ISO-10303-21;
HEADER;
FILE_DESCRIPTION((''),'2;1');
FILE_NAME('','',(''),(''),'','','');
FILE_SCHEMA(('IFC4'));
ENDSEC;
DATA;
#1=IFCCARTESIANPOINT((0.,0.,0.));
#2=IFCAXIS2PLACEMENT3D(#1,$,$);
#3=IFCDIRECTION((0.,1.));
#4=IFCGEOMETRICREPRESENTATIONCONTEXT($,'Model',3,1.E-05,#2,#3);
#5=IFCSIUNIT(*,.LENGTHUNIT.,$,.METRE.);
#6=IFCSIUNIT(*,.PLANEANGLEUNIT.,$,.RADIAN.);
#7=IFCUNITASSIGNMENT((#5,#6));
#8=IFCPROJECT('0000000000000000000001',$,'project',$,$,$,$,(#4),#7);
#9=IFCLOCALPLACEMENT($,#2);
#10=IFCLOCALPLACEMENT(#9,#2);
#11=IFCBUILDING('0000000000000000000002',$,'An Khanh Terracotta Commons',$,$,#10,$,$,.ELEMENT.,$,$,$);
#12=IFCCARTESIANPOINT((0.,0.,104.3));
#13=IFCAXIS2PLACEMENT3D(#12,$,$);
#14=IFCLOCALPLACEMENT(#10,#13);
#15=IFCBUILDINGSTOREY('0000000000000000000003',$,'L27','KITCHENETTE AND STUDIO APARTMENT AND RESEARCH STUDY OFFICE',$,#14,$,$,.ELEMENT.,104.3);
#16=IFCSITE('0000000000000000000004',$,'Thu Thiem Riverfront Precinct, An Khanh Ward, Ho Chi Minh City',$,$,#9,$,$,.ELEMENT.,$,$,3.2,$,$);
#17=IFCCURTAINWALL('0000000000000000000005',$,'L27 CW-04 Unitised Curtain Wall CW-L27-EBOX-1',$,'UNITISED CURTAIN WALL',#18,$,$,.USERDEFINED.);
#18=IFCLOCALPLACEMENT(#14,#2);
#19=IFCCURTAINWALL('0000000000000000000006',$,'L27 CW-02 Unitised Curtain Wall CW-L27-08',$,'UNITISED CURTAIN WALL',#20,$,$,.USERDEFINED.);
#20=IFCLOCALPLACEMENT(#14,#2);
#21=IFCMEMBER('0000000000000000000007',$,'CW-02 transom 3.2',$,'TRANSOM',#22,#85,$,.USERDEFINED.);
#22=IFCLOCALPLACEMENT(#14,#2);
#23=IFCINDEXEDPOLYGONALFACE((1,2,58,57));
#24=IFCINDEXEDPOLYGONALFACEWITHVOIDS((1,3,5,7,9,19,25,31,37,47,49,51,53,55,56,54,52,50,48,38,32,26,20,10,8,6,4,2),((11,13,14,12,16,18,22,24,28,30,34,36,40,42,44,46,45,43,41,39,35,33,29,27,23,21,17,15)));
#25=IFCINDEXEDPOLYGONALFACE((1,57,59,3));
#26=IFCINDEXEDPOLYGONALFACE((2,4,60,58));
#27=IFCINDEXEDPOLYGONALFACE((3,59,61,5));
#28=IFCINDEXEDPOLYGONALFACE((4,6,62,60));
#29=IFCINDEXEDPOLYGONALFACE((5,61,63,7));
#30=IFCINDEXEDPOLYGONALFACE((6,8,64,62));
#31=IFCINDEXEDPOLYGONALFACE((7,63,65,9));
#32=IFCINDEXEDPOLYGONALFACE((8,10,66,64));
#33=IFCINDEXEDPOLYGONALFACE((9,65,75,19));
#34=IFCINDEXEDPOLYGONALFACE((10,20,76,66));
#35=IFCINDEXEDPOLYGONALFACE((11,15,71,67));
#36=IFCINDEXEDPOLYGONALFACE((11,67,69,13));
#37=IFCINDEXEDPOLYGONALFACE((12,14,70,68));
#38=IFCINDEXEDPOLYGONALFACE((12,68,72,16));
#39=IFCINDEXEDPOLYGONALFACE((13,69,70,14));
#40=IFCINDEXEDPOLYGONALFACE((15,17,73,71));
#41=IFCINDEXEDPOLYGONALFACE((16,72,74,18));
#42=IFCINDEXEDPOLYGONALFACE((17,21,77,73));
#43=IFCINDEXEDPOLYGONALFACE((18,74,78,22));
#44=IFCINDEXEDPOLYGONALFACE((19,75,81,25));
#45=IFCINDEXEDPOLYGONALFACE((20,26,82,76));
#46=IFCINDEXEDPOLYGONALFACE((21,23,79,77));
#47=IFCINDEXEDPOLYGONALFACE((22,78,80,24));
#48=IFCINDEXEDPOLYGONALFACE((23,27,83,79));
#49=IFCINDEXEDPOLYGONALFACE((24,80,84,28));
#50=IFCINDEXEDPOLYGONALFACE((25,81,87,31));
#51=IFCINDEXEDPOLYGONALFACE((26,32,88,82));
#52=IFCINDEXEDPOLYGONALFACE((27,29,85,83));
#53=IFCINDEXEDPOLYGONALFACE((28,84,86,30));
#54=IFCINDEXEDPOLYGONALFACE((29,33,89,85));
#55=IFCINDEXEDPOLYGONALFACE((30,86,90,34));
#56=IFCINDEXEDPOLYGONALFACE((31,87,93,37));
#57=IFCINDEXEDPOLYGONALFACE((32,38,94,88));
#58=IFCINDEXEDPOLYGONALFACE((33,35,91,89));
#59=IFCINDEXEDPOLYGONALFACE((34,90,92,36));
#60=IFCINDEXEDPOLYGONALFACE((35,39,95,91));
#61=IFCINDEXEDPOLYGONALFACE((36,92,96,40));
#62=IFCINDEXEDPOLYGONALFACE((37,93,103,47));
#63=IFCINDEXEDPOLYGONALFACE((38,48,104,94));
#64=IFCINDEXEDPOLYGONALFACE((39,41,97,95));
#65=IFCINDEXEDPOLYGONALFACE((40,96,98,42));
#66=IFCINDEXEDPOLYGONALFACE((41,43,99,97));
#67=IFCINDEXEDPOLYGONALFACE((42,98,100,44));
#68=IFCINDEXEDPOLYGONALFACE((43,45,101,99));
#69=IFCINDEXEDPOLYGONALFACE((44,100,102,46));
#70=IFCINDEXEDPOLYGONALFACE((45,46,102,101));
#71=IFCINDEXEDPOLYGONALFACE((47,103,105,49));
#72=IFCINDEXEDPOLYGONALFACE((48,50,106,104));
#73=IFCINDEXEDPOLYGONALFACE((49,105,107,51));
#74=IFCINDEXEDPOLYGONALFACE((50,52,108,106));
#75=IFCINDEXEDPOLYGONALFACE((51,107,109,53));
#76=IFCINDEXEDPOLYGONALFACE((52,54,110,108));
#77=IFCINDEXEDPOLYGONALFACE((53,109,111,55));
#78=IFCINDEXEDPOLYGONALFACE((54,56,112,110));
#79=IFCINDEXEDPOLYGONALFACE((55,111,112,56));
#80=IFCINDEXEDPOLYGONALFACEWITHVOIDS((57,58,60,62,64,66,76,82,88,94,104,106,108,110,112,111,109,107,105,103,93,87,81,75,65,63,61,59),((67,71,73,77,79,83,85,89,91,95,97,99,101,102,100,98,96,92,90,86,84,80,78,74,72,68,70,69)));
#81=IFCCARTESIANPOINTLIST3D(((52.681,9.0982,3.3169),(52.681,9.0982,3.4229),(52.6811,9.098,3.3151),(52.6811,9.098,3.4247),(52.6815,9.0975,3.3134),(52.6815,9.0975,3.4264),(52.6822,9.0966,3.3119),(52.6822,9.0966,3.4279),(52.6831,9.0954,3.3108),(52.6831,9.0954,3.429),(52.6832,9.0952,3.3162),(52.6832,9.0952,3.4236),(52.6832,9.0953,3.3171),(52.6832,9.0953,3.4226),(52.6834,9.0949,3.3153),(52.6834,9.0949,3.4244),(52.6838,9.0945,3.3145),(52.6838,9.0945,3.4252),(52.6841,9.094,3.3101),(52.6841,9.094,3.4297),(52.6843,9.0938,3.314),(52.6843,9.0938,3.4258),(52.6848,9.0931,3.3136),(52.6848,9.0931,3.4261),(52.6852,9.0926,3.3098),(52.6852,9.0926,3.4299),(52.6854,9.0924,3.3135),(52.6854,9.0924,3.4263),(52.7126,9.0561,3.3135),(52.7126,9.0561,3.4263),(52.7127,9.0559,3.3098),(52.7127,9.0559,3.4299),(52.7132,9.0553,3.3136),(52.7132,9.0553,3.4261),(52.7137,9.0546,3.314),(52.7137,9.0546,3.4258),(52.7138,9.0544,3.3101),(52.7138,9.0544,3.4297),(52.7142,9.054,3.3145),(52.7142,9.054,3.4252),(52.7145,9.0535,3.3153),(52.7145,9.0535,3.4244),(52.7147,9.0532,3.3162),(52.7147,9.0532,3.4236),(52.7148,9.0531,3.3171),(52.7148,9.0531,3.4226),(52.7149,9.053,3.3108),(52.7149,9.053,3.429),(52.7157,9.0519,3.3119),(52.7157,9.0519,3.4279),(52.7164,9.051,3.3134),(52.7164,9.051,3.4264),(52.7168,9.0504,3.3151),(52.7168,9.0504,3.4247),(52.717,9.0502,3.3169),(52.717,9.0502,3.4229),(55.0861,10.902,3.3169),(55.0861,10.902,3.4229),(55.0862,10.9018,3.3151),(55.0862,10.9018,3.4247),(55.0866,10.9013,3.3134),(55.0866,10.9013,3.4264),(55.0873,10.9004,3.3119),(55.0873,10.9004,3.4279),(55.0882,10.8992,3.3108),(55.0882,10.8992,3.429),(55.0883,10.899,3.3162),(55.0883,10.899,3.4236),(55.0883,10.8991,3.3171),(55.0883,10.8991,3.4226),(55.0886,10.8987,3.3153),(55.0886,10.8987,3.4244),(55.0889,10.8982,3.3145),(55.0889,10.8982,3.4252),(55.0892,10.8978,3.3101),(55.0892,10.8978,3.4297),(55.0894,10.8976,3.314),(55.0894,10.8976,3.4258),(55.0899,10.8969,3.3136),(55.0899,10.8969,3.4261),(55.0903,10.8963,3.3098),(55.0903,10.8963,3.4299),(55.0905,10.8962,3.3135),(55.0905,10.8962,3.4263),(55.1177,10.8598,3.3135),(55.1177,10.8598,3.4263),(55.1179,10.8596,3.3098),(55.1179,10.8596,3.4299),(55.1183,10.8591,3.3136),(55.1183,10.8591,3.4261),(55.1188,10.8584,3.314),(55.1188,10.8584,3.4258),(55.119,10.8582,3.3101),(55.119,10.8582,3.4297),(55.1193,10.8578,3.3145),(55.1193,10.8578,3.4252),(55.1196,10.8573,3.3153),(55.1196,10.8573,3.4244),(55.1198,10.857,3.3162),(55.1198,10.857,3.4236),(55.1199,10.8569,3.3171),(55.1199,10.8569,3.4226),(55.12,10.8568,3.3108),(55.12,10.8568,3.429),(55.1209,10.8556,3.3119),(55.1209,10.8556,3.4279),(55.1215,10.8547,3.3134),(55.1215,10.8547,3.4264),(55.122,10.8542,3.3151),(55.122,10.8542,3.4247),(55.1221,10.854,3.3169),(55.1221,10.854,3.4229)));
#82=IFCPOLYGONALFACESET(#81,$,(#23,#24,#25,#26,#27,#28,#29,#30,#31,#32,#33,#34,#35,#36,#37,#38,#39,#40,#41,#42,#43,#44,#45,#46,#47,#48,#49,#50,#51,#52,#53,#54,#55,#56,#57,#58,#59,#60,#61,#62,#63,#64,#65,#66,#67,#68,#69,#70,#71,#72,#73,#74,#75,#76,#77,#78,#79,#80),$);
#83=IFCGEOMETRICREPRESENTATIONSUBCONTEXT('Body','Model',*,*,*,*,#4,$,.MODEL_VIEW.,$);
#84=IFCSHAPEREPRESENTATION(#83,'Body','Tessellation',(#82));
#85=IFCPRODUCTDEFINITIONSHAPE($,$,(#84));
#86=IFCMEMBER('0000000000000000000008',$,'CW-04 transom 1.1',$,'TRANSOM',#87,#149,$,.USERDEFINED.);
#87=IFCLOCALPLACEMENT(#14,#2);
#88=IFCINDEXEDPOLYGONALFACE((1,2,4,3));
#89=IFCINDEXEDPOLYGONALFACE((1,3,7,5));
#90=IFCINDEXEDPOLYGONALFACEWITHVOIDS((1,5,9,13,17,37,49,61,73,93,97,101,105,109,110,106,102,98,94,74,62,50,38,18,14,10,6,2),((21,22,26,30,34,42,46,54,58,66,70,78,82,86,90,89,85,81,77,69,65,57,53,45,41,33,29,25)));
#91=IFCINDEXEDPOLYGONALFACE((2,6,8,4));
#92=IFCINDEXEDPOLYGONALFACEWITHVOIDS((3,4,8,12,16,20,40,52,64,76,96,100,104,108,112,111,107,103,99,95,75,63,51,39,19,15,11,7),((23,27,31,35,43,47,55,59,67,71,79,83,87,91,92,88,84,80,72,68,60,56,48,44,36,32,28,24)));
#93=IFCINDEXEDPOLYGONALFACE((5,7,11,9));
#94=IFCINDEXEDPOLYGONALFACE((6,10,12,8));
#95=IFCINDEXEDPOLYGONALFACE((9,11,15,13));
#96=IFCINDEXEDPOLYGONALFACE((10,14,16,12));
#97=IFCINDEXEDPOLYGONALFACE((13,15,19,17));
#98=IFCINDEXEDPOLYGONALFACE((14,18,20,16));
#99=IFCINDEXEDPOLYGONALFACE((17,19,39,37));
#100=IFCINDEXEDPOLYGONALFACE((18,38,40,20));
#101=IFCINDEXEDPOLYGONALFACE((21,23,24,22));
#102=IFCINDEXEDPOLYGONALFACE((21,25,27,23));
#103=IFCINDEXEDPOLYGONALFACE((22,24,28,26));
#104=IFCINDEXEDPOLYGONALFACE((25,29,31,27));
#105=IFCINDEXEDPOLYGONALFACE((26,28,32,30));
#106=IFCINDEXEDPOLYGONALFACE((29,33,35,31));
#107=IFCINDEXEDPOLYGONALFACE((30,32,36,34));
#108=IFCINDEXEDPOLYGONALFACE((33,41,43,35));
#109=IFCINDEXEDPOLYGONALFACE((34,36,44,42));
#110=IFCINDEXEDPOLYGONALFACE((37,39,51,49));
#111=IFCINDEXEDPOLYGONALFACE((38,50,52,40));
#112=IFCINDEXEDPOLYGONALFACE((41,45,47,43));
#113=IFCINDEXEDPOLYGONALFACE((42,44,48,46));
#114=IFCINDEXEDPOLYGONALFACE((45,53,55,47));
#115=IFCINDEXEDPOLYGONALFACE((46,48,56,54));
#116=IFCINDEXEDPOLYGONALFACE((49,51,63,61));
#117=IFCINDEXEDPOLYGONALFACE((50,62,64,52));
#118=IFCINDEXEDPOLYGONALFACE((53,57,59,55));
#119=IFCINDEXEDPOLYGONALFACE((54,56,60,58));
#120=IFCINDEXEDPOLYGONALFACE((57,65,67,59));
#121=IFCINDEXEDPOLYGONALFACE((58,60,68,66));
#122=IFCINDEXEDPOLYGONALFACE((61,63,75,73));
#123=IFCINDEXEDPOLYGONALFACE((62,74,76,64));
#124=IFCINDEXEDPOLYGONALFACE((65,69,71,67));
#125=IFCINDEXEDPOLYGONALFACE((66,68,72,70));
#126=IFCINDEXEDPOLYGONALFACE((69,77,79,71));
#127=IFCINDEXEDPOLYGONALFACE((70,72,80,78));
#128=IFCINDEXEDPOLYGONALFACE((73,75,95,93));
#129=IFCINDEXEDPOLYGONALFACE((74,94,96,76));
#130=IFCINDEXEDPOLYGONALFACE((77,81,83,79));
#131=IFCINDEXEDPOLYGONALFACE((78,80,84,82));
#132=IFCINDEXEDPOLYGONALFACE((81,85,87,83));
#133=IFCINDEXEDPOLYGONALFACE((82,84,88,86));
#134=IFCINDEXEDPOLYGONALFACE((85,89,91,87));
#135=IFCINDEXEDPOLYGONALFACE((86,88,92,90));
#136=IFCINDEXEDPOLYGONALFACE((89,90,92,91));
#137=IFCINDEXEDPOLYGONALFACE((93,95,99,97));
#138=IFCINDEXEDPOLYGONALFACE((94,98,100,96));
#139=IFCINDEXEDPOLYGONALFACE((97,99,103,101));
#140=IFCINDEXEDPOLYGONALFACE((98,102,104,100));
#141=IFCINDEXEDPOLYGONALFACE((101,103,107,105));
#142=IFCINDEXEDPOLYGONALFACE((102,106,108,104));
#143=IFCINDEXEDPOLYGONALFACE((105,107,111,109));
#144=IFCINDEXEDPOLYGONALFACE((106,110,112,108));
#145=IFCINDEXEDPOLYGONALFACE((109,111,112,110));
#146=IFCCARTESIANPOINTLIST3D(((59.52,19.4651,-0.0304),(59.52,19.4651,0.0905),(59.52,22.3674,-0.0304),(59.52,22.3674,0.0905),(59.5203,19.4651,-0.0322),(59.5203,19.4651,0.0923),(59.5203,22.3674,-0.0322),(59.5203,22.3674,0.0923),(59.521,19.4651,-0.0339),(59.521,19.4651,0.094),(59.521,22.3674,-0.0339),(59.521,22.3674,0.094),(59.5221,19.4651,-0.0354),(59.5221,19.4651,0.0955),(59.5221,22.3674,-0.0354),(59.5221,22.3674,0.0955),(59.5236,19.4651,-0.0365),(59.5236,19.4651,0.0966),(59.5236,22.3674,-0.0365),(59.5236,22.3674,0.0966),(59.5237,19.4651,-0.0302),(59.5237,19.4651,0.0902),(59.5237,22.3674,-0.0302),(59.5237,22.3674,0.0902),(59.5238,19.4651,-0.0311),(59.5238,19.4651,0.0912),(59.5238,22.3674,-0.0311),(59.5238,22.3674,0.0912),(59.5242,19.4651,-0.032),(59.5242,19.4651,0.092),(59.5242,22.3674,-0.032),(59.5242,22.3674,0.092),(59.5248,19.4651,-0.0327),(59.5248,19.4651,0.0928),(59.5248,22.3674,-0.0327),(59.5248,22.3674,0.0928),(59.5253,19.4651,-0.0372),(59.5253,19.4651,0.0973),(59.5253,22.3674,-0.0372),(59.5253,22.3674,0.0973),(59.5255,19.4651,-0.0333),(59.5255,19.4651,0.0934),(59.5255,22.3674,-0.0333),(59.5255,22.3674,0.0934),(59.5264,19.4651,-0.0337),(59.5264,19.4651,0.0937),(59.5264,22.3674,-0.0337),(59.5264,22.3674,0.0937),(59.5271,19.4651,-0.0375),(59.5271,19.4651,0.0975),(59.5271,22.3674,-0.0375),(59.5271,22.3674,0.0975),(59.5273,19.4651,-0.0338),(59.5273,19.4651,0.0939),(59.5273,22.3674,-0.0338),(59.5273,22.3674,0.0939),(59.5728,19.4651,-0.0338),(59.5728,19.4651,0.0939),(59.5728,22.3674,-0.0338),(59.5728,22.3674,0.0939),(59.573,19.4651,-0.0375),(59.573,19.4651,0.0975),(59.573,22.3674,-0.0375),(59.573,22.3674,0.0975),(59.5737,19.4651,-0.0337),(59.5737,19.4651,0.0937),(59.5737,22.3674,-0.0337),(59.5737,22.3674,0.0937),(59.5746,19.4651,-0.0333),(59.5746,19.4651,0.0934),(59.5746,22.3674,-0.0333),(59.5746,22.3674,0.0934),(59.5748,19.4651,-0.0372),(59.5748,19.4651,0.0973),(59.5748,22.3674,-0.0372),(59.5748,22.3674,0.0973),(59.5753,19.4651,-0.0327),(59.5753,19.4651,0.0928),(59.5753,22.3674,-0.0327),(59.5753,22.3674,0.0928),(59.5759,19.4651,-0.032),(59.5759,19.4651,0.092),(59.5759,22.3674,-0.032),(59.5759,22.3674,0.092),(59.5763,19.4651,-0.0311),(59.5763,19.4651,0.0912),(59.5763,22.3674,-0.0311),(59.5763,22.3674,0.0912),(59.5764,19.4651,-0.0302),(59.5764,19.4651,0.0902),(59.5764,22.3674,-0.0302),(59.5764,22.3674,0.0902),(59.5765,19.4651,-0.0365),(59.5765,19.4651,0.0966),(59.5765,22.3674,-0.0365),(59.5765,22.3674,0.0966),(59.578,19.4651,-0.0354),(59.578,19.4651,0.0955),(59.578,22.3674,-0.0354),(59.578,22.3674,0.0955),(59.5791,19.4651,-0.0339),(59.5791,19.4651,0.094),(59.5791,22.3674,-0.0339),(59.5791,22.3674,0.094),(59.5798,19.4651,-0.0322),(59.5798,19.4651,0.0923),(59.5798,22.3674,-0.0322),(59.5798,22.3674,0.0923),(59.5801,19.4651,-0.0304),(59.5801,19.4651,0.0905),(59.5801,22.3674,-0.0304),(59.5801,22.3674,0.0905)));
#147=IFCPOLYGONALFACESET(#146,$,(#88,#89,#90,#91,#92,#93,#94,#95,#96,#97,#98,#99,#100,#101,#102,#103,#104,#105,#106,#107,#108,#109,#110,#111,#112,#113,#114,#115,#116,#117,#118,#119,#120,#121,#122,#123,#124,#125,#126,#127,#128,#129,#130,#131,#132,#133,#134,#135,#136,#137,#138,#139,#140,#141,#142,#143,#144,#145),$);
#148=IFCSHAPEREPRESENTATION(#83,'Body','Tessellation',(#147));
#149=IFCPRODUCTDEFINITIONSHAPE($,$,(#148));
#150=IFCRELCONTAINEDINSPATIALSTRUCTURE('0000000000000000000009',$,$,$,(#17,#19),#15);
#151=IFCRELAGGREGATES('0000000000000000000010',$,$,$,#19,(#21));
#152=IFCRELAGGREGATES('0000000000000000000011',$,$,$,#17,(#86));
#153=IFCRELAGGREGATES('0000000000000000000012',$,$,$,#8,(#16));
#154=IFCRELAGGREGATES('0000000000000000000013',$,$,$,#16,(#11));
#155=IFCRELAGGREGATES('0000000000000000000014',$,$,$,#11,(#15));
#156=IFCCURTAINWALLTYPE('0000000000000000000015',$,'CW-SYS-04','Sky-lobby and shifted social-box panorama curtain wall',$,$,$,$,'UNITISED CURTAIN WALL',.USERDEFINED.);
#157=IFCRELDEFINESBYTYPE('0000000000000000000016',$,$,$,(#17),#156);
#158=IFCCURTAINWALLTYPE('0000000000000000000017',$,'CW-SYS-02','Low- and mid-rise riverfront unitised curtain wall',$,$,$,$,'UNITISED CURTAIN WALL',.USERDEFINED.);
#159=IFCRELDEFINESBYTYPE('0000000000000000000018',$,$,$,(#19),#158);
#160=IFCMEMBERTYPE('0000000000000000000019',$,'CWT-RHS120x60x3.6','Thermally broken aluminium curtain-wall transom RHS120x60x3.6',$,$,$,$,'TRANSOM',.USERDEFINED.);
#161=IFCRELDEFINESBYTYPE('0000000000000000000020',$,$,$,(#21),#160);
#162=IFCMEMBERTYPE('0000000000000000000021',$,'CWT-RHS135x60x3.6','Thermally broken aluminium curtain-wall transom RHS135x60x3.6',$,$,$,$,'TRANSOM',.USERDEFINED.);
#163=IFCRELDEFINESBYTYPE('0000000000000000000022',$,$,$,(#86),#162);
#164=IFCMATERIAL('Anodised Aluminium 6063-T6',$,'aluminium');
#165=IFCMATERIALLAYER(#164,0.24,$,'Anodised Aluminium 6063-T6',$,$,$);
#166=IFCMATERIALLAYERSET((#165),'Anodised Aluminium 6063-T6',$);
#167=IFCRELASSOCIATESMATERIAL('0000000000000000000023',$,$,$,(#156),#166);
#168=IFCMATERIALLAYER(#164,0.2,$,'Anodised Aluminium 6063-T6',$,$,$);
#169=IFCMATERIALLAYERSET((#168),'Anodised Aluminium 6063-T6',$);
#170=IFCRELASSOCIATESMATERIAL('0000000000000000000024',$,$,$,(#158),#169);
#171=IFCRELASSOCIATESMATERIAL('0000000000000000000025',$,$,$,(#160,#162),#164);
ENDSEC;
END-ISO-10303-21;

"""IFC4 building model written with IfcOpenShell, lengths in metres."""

from ifc_helpers import new_model, si_unit, direction, frame, origin, origin_2d, place, context, subcontext, project, spatial, hollow_rectangle, extrude, material, layer, layer_set, material_profile, profile_set, type_object, element, aggregate, save


model = new_model("IFC4")

# Units and contexts
model_context = context("Model", 3, precision=1e-05, world=origin(), true_north=direction((0.0, 1.0)))
body_context = subcontext(model_context, "Body", "Model", "MODEL_VIEW")
ifc_project = project(units=[si_unit("LENGTHUNIT", "METRE"), si_unit("PLANEANGLEUNIT", "RADIAN")], contexts=[model_context])

# Site, building, storey
site_placement = place(None, origin())
site = spatial("IfcSite", under=ifc_project, at=site_placement, Name="Thu Thiem Riverfront Precinct, An Khanh Ward, Ho Chi Minh City", CompositionType="ELEMENT", RefElevation=3.2)
building_placement = place(site_placement, origin())
building = spatial("IfcBuilding", under=site, at=building_placement, Name="An Khanh Terracotta Commons", CompositionType="ELEMENT")
storey_placement = place(building_placement, frame((0.0, 0.0, 104.3)))
storey = spatial("IfcBuildingStorey", under=building, at=storey_placement, Name="L27", Description="KITCHENETTE AND STUDIO APARTMENT AND RESEARCH STUDY OFFICE", CompositionType="ELEMENT", Elevation=104.3)

# Curtain walls, member
ifc_material_1 = material(Name="Anodised Aluminium 6063-T6", Category="aluminium")
ifc_layer_1 = layer(ifc_material_1, 0.24, Name="Anodised Aluminium 6063-T6")
ifc_layer_set_1 = layer_set([ifc_layer_1], Name="Anodised Aluminium 6063-T6")
curtain_wall_type_1 = type_object("IfcCurtainWallType", Name="CW-SYS-04", Description="Sky-lobby and shifted social-box panorama curtain wall", ElementType="UNITISED CURTAIN WALL", PredefinedType="USERDEFINED", material=ifc_layer_set_1)
curtain_wall_1_placement = place(storey_placement, origin())
curtain_wall_1 = element("IfcCurtainWall", 1, at=curtain_wall_1_placement, inside=storey, type_object=curtain_wall_type_1, Name="L27 CW-04 Unitised Curtain Wall CW-L27-EBOX-1", ObjectType="UNITISED CURTAIN WALL", PredefinedType="USERDEFINED")
ifc_layer_2 = layer(ifc_material_1, 0.2, Name="Anodised Aluminium 6063-T6")
ifc_layer_set_2 = layer_set([ifc_layer_2], Name="Anodised Aluminium 6063-T6")
curtain_wall_type_2 = type_object("IfcCurtainWallType", Name="CW-SYS-02", Description="Low- and mid-rise riverfront unitised curtain wall", ElementType="UNITISED CURTAIN WALL", PredefinedType="USERDEFINED", material=ifc_layer_set_2)
curtain_wall_2_placement = place(storey_placement, origin())
curtain_wall_2 = element("IfcCurtainWall", 2, at=curtain_wall_2_placement, inside=storey, type_object=curtain_wall_type_2, Name="L27 CW-02 Unitised Curtain Wall CW-L27-08", ObjectType="UNITISED CURTAIN WALL", PredefinedType="USERDEFINED")
ifc_material_profile_1 = material_profile(ifc_material_1, hollow_rectangle(XDim=0.0601, YDim=0.1201, WallThickness=0.0037, InnerFilletRadius=0.0037, OuterFilletRadius=0.0071, at=origin_2d()), Name="RHS120x60x3.6")
ifc_profile_set_1 = profile_set([ifc_material_profile_1], Name="Anodised Aluminium 6063-T6")
member_type_1 = type_object("IfcMemberType", Name="CWT-RHS120x60x3.6", Description="Thermally broken aluminium curtain-wall transom RHS120x60x3.6", ElementType="TRANSOM", PredefinedType="USERDEFINED", material=ifc_profile_set_1)
member_1_placement = place(storey_placement, frame((52.699, 9.0742, 3.3699), z_axis=(0.80001, 0.599987, 0.0), x_axis=(-0.599987, 0.80001, 0.0)))
member_1 = element("IfcMember", 3, at=member_1_placement, type_object=member_type_1, Name="CW-02 transom 3.2", ObjectType="TRANSOM", PredefinedType="USERDEFINED", context=body_context, shape_type="SweptSolid", body=[
    extrude(hollow_rectangle(XDim=0.0601, YDim=0.1201, WallThickness=0.0037, InnerFilletRadius=0.0037, OuterFilletRadius=0.0071, at=origin_2d()), origin(), (0.0, 0.0, 1.0), 3.0063),
])

# Member
ifc_material_profile_2 = material_profile(ifc_material_1, hollow_rectangle(XDim=0.0601, YDim=0.135, WallThickness=0.0037, InnerFilletRadius=0.0037, OuterFilletRadius=0.0071, at=origin_2d()), Name="RHS135x60x3.6")
ifc_profile_set_2 = profile_set([ifc_material_profile_2], Name="Anodised Aluminium 6063-T6")
member_type_2 = type_object("IfcMemberType", Name="CWT-RHS135x60x3.6", Description="Thermally broken aluminium curtain-wall transom RHS135x60x3.6", ElementType="TRANSOM", PredefinedType="USERDEFINED", material=ifc_profile_set_2)
member_2_placement = place(storey_placement, frame((59.55, 19.4651, 0.03), z_axis=(0.0, 1.0, 0.0), x_axis=(-1.0, 0.0, 0.0)))
member_2 = element("IfcMember", 4, at=member_2_placement, type_object=member_type_2, Name="CW-04 transom 1.1", ObjectType="TRANSOM", PredefinedType="USERDEFINED", context=body_context, shape_type="SweptSolid", body=[
    extrude(hollow_rectangle(XDim=0.0601, YDim=0.135, WallThickness=0.0037, InnerFilletRadius=0.0037, OuterFilletRadius=0.0071, at=origin_2d()), origin(), (0.0, 0.0, 1.0), 2.9023),
])

aggregate(curtain_wall_2, [member_1])
aggregate(curtain_wall_1, [member_2])

save(model, "model.ifc")
